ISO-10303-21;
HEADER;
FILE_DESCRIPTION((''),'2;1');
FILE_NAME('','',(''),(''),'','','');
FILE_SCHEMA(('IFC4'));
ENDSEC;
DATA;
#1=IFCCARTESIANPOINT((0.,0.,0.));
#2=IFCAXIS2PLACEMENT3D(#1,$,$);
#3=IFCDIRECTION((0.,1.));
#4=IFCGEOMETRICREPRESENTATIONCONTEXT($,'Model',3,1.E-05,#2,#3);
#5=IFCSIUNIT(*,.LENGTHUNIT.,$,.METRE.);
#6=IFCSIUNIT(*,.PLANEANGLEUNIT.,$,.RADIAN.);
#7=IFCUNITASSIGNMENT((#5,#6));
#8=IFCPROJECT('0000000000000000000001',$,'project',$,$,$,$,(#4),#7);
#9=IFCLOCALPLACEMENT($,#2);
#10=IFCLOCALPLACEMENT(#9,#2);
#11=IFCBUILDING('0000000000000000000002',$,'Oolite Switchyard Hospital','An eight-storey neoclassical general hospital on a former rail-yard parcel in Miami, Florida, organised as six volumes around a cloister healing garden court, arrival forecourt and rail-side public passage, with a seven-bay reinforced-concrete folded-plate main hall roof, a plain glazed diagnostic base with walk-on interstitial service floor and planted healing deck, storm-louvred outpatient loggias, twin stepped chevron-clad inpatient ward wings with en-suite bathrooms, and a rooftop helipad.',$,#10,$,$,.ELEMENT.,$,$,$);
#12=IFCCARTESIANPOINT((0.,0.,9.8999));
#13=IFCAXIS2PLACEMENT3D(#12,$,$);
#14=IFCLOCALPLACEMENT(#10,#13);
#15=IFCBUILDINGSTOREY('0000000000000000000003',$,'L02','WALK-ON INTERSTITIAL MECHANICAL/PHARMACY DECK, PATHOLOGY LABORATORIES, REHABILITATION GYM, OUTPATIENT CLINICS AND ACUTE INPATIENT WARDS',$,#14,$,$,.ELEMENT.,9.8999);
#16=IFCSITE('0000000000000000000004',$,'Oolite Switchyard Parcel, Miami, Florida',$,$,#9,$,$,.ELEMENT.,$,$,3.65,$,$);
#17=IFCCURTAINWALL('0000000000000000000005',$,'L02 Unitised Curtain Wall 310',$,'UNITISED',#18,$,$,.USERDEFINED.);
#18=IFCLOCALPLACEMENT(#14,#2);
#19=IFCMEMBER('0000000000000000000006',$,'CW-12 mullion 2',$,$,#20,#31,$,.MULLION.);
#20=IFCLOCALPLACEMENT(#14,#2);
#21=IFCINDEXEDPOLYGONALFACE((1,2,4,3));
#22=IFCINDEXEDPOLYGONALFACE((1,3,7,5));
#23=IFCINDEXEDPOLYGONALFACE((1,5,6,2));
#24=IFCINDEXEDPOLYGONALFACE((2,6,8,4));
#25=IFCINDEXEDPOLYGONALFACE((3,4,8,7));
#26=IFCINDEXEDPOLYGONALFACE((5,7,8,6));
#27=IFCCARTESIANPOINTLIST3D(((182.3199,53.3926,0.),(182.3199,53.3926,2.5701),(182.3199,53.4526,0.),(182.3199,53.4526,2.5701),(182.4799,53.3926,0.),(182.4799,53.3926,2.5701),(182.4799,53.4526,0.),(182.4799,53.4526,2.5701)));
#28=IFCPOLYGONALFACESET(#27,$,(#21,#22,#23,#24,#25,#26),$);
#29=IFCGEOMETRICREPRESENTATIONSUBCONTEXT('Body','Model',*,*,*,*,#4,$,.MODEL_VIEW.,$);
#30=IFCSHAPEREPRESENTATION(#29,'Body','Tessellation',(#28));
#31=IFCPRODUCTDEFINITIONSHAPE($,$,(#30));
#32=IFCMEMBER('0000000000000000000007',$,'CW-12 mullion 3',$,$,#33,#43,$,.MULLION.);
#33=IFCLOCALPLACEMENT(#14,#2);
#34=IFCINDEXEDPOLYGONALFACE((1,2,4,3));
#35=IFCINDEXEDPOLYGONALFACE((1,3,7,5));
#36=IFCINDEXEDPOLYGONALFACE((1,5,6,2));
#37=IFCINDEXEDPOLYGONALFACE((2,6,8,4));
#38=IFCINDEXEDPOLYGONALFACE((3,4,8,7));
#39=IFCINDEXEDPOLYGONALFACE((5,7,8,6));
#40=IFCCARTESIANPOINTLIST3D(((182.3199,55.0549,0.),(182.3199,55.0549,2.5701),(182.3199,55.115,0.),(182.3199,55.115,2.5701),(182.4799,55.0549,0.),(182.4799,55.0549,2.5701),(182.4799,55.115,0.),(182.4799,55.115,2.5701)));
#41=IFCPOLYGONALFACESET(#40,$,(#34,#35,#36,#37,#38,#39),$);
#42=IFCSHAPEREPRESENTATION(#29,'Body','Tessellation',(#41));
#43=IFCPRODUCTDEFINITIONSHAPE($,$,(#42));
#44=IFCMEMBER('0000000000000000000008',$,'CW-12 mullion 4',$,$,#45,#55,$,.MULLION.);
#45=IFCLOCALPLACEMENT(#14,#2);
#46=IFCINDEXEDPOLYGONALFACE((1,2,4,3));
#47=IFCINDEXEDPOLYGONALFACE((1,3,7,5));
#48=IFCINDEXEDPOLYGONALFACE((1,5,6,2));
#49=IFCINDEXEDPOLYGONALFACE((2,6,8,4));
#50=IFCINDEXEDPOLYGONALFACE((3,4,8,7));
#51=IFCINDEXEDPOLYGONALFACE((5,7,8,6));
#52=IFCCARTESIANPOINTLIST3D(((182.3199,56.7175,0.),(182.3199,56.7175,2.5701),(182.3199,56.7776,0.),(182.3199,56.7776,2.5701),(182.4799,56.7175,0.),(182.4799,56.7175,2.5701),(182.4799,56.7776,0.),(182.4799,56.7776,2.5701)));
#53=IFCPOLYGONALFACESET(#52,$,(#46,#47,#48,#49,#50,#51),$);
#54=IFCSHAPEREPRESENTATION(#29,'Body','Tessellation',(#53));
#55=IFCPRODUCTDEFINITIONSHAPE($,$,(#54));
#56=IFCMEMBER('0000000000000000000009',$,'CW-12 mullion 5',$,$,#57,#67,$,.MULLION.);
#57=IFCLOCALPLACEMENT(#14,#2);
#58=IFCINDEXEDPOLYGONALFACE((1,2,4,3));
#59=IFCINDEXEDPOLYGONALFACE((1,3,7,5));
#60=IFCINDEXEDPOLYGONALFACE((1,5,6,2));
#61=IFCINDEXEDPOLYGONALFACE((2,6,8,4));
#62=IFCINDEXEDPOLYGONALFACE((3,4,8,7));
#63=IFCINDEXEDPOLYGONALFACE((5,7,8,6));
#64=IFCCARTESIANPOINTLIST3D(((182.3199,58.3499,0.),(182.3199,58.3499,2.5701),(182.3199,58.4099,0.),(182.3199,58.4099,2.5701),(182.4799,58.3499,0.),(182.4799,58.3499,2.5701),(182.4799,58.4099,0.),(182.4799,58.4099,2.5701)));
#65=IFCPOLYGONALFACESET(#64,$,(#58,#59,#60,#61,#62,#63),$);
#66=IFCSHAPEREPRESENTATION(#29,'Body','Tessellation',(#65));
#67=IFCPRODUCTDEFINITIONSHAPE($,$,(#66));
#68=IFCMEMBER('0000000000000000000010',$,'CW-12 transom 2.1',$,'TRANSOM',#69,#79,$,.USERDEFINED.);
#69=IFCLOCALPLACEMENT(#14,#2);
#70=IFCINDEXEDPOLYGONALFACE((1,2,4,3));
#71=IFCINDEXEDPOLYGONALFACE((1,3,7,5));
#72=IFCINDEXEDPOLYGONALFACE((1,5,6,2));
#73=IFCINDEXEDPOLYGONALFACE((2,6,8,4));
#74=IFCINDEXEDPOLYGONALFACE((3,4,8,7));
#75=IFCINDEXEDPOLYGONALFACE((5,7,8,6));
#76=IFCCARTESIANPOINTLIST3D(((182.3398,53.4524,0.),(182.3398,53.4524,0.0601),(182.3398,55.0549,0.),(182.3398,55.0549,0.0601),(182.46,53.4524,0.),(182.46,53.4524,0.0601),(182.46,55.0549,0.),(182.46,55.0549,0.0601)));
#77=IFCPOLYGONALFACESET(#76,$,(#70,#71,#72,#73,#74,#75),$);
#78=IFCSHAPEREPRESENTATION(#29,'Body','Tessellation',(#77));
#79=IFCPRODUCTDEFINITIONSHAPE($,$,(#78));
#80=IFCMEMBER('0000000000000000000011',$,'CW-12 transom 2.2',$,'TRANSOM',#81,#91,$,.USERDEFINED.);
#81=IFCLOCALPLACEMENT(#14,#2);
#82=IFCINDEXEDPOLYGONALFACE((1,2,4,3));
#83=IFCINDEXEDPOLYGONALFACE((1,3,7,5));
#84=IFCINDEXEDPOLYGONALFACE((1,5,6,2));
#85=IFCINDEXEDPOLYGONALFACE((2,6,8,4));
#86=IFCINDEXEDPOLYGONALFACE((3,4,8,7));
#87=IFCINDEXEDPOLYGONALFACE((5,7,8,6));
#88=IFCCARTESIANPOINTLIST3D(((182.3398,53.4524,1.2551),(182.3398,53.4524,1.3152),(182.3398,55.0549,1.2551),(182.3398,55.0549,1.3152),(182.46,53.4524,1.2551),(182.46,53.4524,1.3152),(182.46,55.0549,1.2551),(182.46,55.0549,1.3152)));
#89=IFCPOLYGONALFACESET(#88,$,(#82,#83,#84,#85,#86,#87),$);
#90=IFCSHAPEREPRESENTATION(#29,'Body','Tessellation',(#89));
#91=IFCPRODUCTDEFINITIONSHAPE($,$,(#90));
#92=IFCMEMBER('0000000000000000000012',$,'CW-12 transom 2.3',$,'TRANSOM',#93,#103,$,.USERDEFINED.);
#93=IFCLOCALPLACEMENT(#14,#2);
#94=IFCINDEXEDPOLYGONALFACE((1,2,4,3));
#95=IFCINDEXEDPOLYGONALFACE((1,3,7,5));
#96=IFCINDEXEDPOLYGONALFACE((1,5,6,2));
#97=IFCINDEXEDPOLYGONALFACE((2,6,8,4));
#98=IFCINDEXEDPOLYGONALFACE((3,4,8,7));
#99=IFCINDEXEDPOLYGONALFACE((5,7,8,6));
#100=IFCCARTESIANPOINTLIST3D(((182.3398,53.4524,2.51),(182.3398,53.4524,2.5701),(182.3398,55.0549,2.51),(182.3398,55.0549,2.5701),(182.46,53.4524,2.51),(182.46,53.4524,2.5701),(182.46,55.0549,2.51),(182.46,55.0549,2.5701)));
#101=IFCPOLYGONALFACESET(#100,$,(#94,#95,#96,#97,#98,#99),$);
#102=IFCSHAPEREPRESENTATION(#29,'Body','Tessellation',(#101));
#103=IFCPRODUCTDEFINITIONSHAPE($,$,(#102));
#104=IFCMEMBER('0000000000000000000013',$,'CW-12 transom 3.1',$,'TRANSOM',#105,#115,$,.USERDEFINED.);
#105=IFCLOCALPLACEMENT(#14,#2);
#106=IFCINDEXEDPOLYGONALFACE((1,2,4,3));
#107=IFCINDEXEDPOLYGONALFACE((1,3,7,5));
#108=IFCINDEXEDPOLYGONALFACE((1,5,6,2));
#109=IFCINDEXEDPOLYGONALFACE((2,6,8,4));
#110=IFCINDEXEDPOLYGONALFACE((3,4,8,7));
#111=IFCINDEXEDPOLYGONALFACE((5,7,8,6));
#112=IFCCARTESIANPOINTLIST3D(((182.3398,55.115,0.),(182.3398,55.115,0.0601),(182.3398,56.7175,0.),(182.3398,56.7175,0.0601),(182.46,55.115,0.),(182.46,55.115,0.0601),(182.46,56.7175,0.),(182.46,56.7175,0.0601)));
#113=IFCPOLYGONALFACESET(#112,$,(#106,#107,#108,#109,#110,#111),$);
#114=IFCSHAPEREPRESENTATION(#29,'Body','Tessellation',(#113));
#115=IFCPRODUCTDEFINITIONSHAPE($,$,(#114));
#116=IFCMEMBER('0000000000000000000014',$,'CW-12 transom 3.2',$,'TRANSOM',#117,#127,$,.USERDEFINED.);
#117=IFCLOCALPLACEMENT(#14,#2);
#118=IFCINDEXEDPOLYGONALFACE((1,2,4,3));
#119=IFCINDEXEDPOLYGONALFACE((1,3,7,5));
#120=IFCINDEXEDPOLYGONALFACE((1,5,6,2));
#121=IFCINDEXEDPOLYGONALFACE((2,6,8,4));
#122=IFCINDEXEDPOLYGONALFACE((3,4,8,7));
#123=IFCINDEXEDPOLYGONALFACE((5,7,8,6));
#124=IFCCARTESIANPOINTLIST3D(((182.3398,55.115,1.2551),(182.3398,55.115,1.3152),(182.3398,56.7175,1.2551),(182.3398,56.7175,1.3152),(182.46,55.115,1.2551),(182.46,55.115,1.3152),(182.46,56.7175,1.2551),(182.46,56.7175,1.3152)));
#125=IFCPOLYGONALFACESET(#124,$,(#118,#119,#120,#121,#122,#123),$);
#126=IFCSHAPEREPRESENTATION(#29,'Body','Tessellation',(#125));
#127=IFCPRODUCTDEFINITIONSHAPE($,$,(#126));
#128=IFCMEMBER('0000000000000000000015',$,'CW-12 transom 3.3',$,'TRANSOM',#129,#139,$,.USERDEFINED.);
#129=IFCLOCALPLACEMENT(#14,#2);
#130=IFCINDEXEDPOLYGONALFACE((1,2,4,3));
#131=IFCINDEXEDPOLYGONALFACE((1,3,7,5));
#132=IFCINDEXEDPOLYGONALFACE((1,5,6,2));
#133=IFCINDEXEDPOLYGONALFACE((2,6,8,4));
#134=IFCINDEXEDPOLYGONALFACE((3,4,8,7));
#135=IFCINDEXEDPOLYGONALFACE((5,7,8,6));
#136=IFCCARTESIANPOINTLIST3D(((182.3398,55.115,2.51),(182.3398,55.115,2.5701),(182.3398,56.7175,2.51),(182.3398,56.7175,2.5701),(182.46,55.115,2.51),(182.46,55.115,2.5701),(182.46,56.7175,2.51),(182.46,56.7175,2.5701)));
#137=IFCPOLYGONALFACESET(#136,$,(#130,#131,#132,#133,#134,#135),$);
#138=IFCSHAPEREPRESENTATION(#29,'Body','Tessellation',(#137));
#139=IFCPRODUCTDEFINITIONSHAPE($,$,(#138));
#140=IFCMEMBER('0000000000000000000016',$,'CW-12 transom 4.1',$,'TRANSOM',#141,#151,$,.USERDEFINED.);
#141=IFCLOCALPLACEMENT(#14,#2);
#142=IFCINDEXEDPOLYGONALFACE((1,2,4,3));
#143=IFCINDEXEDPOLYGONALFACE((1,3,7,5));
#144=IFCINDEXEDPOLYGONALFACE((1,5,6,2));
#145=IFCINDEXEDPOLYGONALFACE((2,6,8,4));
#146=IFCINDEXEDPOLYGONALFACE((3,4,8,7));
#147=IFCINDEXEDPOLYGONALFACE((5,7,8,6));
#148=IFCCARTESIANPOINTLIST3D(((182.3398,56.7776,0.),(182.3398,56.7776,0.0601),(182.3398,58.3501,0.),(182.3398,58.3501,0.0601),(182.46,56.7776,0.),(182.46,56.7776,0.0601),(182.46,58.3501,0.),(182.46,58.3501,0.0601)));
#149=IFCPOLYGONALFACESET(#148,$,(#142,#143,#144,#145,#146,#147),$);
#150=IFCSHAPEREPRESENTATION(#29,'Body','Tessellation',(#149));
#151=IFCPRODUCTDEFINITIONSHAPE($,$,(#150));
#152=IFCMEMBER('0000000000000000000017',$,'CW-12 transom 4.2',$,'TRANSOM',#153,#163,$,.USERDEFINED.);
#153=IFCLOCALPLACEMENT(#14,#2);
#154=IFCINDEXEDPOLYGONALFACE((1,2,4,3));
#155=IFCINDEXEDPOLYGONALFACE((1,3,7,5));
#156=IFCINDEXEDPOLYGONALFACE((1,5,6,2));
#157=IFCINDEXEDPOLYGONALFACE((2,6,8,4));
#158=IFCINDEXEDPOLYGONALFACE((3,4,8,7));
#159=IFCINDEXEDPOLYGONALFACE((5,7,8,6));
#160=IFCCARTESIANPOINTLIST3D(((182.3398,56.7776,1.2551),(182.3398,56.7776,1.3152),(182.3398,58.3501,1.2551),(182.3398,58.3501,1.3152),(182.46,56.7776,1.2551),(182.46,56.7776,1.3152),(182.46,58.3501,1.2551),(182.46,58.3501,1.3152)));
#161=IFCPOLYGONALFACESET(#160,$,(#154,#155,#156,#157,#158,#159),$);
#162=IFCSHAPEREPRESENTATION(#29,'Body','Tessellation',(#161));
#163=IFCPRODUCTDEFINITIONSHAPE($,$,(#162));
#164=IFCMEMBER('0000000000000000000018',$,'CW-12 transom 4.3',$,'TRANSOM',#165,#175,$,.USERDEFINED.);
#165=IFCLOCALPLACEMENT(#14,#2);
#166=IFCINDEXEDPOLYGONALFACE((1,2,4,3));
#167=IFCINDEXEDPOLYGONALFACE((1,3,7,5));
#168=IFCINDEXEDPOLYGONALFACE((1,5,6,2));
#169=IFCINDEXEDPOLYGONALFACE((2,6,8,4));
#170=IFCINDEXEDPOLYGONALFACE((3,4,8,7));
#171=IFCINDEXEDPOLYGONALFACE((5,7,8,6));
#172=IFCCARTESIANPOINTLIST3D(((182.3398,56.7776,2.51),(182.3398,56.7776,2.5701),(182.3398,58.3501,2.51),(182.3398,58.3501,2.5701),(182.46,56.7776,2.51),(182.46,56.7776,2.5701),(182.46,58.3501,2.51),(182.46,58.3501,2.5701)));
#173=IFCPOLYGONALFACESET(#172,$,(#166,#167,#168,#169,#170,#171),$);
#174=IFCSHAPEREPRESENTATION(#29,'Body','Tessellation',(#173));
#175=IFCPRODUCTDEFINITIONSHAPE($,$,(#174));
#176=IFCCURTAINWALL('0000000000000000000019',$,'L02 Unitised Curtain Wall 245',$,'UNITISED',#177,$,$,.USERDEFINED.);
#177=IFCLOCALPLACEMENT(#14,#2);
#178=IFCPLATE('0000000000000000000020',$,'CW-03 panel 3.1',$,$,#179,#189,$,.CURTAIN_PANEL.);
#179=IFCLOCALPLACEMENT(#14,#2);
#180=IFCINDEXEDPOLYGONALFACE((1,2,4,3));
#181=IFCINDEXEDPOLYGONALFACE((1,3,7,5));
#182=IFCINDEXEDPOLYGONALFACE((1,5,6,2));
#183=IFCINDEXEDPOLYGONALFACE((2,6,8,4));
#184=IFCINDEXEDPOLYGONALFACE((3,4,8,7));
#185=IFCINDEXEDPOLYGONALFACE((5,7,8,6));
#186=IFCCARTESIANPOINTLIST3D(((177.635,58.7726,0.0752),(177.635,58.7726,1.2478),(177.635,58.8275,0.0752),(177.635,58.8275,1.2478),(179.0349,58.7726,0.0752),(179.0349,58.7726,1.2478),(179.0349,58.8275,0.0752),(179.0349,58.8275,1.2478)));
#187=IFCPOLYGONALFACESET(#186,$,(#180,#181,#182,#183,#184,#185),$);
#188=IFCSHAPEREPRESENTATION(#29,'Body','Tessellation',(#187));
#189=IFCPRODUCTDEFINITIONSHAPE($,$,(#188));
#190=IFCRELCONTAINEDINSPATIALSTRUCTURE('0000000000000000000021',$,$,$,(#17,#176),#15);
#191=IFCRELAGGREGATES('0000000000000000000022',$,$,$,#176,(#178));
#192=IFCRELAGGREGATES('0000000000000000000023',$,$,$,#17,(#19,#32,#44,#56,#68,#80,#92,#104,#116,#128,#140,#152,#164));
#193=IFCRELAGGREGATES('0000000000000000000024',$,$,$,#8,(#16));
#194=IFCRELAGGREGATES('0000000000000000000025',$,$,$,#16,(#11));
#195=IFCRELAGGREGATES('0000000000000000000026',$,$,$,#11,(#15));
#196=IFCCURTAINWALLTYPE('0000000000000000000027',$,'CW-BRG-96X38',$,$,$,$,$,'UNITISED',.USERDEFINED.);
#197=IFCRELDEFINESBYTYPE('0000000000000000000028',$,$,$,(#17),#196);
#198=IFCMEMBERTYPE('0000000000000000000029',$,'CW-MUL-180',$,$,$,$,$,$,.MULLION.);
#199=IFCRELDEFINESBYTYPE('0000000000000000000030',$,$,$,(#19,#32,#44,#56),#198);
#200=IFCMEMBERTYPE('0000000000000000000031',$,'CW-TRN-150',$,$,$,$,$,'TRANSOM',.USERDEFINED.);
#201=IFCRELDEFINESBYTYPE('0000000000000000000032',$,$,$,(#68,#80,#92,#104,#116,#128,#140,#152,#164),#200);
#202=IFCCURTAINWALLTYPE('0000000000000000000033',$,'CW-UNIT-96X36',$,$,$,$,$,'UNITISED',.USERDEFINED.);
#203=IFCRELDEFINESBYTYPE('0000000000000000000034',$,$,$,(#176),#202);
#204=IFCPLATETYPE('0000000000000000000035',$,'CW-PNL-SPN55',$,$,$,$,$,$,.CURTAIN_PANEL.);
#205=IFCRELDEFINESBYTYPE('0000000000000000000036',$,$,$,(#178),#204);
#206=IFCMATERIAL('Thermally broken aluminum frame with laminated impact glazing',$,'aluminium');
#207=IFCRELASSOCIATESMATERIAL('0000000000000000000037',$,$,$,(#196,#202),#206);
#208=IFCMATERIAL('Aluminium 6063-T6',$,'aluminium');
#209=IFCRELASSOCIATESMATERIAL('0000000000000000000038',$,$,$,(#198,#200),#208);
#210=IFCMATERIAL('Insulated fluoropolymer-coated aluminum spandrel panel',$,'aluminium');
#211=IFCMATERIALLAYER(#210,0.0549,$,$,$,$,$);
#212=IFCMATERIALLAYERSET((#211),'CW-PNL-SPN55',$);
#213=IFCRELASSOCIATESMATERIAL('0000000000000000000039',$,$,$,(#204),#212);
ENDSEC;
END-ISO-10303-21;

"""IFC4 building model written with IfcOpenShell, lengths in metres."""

from ifc_helpers import new_model, si_unit, direction, frame, origin, origin_2d, place, context, subcontext, project, spatial, rectangle, extrude, material, layer, layer_set, material_profile, profile_set, type_object, element, aggregate, save


model = new_model("IFC4")

# Units and contexts
model_context = context("Model", 3, precision=1e-05, world=origin(), true_north=direction((0.0, 1.0)))
body_context = subcontext(model_context, "Body", "Model", "MODEL_VIEW")
ifc_project = project(units=[si_unit("LENGTHUNIT", "METRE"), si_unit("PLANEANGLEUNIT", "RADIAN")], contexts=[model_context])

# Site, building, storey
site_placement = place(None, origin())
site = spatial("IfcSite", under=ifc_project, at=site_placement, Name="Oolite Switchyard Parcel, Miami, Florida", CompositionType="ELEMENT", RefElevation=3.65)
building_placement = place(site_placement, origin())
building = spatial("IfcBuilding", under=site, at=building_placement, Name="Oolite Switchyard Hospital", Description="An eight-storey neoclassical general hospital on a former rail-yard parcel in Miami, Florida, organised as six volumes around a cloister healing garden court, arrival forecourt and rail-side public passage, with a seven-bay reinforced-concrete folded-plate main hall roof, a plain glazed diagnostic base with walk-on interstitial service floor and planted healing deck, storm-louvred outpatient loggias, twin stepped chevron-clad inpatient ward wings with en-suite bathrooms, and a rooftop helipad.", CompositionType="ELEMENT")
storey_placement = place(building_placement, frame((0.0, 0.0, 9.8999)))
storey = spatial("IfcBuildingStorey", under=building, at=storey_placement, Name="L02", Description="WALK-ON INTERSTITIAL MECHANICAL/PHARMACY DECK, PATHOLOGY LABORATORIES, REHABILITATION GYM, OUTPATIENT CLINICS AND ACUTE INPATIENT WARDS", CompositionType="ELEMENT", Elevation=9.8999)

# Curtain wall, members
ifc_material_1 = material(Name="Thermally broken aluminum frame with laminated impact glazing", Category="aluminium")
curtain_wall_type_1 = type_object("IfcCurtainWallType", Name="CW-BRG-96X38", ElementType="UNITISED", PredefinedType="USERDEFINED", material=ifc_material_1)
curtain_wall_1_placement = place(storey_placement, origin())
curtain_wall_1 = element("IfcCurtainWall", 1, at=curtain_wall_1_placement, inside=storey, type_object=curtain_wall_type_1, Name="L02 Unitised Curtain Wall 310", ObjectType="UNITISED", PredefinedType="USERDEFINED")
ifc_material_2 = material(Name="Aluminium 6063-T6", Category="aluminium")
ifc_material_profile_1 = material_profile(ifc_material_2, rectangle(XDim=0.1599, YDim=0.0601, at=origin_2d()), Name="CWM60X160")
ifc_profile_set_1 = profile_set([ifc_material_profile_1], Name="Aluminium 6063-T6")
member_type_1 = type_object("IfcMemberType", Name="CW-MUL-180", PredefinedType="MULLION", material=ifc_profile_set_1)
member_1_placement = place(storey_placement, frame((182.3999, 53.4226, 0.0), z_axis=(0.0, 0.0, 1.0), x_axis=(-1.0, 0.0, 0.0)))
member_1 = element("IfcMember", 2, at=member_1_placement, type_object=member_type_1, Name="CW-12 mullion 2", PredefinedType="MULLION", context=body_context, shape_type="SweptSolid", body=[
    extrude(rectangle(XDim=0.1599, YDim=0.0601, at=origin_2d()), origin(), (0.0, 0.0, 1.0), 2.5701),
])
member_2_placement = place(storey_placement, frame((182.3999, 55.085, 0.0), z_axis=(0.0, 0.0, 1.0), x_axis=(-1.0, 0.0, 0.0)))
member_2 = element("IfcMember", 3, at=member_2_placement, type_object=member_type_1, Name="CW-12 mullion 3", PredefinedType="MULLION", context=body_context, shape_type="SweptSolid", body=[
    extrude(rectangle(XDim=0.1599, YDim=0.0601, at=origin_2d()), origin(), (0.0, 0.0, 1.0), 2.5701),
])
member_3_placement = place(storey_placement, frame((182.3999, 56.7476, 0.0), z_axis=(0.0, 0.0, 1.0), x_axis=(-1.0, 0.0, 0.0)))
member_3 = element("IfcMember", 4, at=member_3_placement, type_object=member_type_1, Name="CW-12 mullion 4", PredefinedType="MULLION", context=body_context, shape_type="SweptSolid", body=[
    extrude(rectangle(XDim=0.1599, YDim=0.0601, at=origin_2d()), origin(), (0.0, 0.0, 1.0), 2.5701),
])
member_4_placement = place(storey_placement, frame((182.3999, 58.3799, 0.0), z_axis=(0.0, 0.0, 1.0), x_axis=(-1.0, 0.0, 0.0)))
member_4 = element("IfcMember", 5, at=member_4_placement, type_object=member_type_1, Name="CW-12 mullion 5", PredefinedType="MULLION", context=body_context, shape_type="SweptSolid", body=[
    extrude(rectangle(XDim=0.1599, YDim=0.0601, at=origin_2d()), origin(), (0.0, 0.0, 1.0), 2.5701),
])
ifc_material_profile_2 = material_profile(ifc_material_2, rectangle(XDim=0.1201, YDim=0.0601, at=origin_2d()), Name="CWT60X120")
ifc_profile_set_2 = profile_set([ifc_material_profile_2], Name="Aluminium 6063-T6")
member_type_2 = type_object("IfcMemberType", Name="CW-TRN-150", ElementType="TRANSOM", PredefinedType="USERDEFINED", material=ifc_profile_set_2)
member_5_placement = place(storey_placement, frame((182.3999, 53.4524, 0.03), z_axis=(0.0, 1.0, 0.0), x_axis=(-1.0, 0.0, 0.0)))
member_5 = element("IfcMember", 6, at=member_5_placement, type_object=member_type_2, Name="CW-12 transom 2.1", ObjectType="TRANSOM", PredefinedType="USERDEFINED", context=body_context, shape_type="SweptSolid", body=[
    extrude(rectangle(XDim=0.1201, YDim=0.0601, at=origin_2d()), origin(), (0.0, 0.0, 1.0), 1.6025),
])
member_6_placement = place(storey_placement, frame((182.3999, 53.4524, 1.2852), z_axis=(0.0, 1.0, 0.0), x_axis=(-1.0, 0.0, 0.0)))
member_6 = element("IfcMember", 7, at=member_6_placement, type_object=member_type_2, Name="CW-12 transom 2.2", ObjectType="TRANSOM", PredefinedType="USERDEFINED", context=body_context, shape_type="SweptSolid", body=[
    extrude(rectangle(XDim=0.1201, YDim=0.0601, at=origin_2d()), origin(), (0.0, 0.0, 1.0), 1.6025),
])
member_7_placement = place(storey_placement, frame((182.3999, 53.4524, 2.54), z_axis=(0.0, 1.0, 0.0), x_axis=(-1.0, 0.0, 0.0)))
member_7 = element("IfcMember", 8, at=member_7_placement, type_object=member_type_2, Name="CW-12 transom 2.3", ObjectType="TRANSOM", PredefinedType="USERDEFINED", context=body_context, shape_type="SweptSolid", body=[
    extrude(rectangle(XDim=0.1201, YDim=0.0601, at=origin_2d()), origin(), (0.0, 0.0, 1.0), 1.6025),
])
member_8_placement = place(storey_placement, frame((182.3999, 55.115, 0.03), z_axis=(0.0, 1.0, 0.0), x_axis=(-1.0, 0.0, 0.0)))
member_8 = element("IfcMember", 9, at=member_8_placement, type_object=member_type_2, Name="CW-12 transom 3.1", ObjectType="TRANSOM", PredefinedType="USERDEFINED", context=body_context, shape_type="SweptSolid", body=[
    extrude(rectangle(XDim=0.1201, YDim=0.0601, at=origin_2d()), origin(), (0.0, 0.0, 1.0), 1.6025),
])
member_9_placement = place(storey_placement, frame((182.3999, 55.115, 1.2852), z_axis=(0.0, 1.0, 0.0), x_axis=(-1.0, 0.0, 0.0)))
member_9 = element("IfcMember", 10, at=member_9_placement, type_object=member_type_2, Name="CW-12 transom 3.2", ObjectType="TRANSOM", PredefinedType="USERDEFINED", context=body_context, shape_type="SweptSolid", body=[
    extrude(rectangle(XDim=0.1201, YDim=0.0601, at=origin_2d()), origin(), (0.0, 0.0, 1.0), 1.6025),
])
member_10_placement = place(storey_placement, frame((182.3999, 55.115, 2.54), z_axis=(0.0, 1.0, 0.0), x_axis=(-1.0, 0.0, 0.0)))
member_10 = element("IfcMember", 11, at=member_10_placement, type_object=member_type_2, Name="CW-12 transom 3.3", ObjectType="TRANSOM", PredefinedType="USERDEFINED", context=body_context, shape_type="SweptSolid", body=[
    extrude(rectangle(XDim=0.1201, YDim=0.0601, at=origin_2d()), origin(), (0.0, 0.0, 1.0), 1.6025),
])
member_11_placement = place(storey_placement, frame((182.3999, 56.7776, 0.03), z_axis=(0.0, 1.0, 0.0), x_axis=(-1.0, 0.0, 0.0)))
member_11 = element("IfcMember", 12, at=member_11_placement, type_object=member_type_2, Name="CW-12 transom 4.1", ObjectType="TRANSOM", PredefinedType="USERDEFINED", context=body_context, shape_type="SweptSolid", body=[
    extrude(rectangle(XDim=0.1201, YDim=0.0601, at=origin_2d()), origin(), (0.0, 0.0, 1.0), 1.5725),
])
member_12_placement = place(storey_placement, frame((182.3999, 56.7776, 1.2852), z_axis=(0.0, 1.0, 0.0), x_axis=(-1.0, 0.0, 0.0)))
member_12 = element("IfcMember", 13, at=member_12_placement, type_object=member_type_2, Name="CW-12 transom 4.2", ObjectType="TRANSOM", PredefinedType="USERDEFINED", context=body_context, shape_type="SweptSolid", body=[
    extrude(rectangle(XDim=0.1201, YDim=0.0601, at=origin_2d()), origin(), (0.0, 0.0, 1.0), 1.5725),
])
member_13_placement = place(storey_placement, frame((182.3999, 56.7776, 2.54), z_axis=(0.0, 1.0, 0.0), x_axis=(-1.0, 0.0, 0.0)))
member_13 = element("IfcMember", 14, at=member_13_placement, type_object=member_type_2, Name="CW-12 transom 4.3", ObjectType="TRANSOM", PredefinedType="USERDEFINED", context=body_context, shape_type="SweptSolid", body=[
    extrude(rectangle(XDim=0.1201, YDim=0.0601, at=origin_2d()), origin(), (0.0, 0.0, 1.0), 1.5725),
])

# Curtain wall, plate
curtain_wall_type_2 = type_object("IfcCurtainWallType", Name="CW-UNIT-96X36", ElementType="UNITISED", PredefinedType="USERDEFINED", material=ifc_material_1)
curtain_wall_2_placement = place(storey_placement, origin())
curtain_wall_2 = element("IfcCurtainWall", 15, at=curtain_wall_2_placement, inside=storey, type_object=curtain_wall_type_2, Name="L02 Unitised Curtain Wall 245", ObjectType="UNITISED", PredefinedType="USERDEFINED")
ifc_material_3 = material(Name="Insulated fluoropolymer-coated aluminum spandrel panel", Category="aluminium")
ifc_layer_1 = layer(ifc_material_3, 0.0549)
ifc_layer_set_1 = layer_set([ifc_layer_1], Name="CW-PNL-SPN55")
plate_type_1 = type_object("IfcPlateType", Name="CW-PNL-SPN55", PredefinedType="CURTAIN_PANEL", material=ifc_layer_set_1)
plate_1_placement = place(storey_placement, frame((178.335, 58.8, 0.0752), z_axis=(0.0, 0.0, 1.0), x_axis=(-1.0, 0.0, 0.0)))
plate_1 = element("IfcPlate", 16, at=plate_1_placement, type_object=plate_type_1, Name="CW-03 panel 3.1", PredefinedType="CURTAIN_PANEL", context=body_context, shape_type="SweptSolid", body=[
    extrude(rectangle(XDim=1.3999, YDim=0.0549, at=origin_2d()), origin(), (0.0, 0.0, 1.0), 1.1726),
])
aggregate(curtain_wall_2, [plate_1])

aggregate(curtain_wall_1, [member_1, member_2, member_3, member_4, member_5, member_6, member_7, member_8, member_9, member_10, member_11, member_12, member_13])

save(model, "model.ifc")
